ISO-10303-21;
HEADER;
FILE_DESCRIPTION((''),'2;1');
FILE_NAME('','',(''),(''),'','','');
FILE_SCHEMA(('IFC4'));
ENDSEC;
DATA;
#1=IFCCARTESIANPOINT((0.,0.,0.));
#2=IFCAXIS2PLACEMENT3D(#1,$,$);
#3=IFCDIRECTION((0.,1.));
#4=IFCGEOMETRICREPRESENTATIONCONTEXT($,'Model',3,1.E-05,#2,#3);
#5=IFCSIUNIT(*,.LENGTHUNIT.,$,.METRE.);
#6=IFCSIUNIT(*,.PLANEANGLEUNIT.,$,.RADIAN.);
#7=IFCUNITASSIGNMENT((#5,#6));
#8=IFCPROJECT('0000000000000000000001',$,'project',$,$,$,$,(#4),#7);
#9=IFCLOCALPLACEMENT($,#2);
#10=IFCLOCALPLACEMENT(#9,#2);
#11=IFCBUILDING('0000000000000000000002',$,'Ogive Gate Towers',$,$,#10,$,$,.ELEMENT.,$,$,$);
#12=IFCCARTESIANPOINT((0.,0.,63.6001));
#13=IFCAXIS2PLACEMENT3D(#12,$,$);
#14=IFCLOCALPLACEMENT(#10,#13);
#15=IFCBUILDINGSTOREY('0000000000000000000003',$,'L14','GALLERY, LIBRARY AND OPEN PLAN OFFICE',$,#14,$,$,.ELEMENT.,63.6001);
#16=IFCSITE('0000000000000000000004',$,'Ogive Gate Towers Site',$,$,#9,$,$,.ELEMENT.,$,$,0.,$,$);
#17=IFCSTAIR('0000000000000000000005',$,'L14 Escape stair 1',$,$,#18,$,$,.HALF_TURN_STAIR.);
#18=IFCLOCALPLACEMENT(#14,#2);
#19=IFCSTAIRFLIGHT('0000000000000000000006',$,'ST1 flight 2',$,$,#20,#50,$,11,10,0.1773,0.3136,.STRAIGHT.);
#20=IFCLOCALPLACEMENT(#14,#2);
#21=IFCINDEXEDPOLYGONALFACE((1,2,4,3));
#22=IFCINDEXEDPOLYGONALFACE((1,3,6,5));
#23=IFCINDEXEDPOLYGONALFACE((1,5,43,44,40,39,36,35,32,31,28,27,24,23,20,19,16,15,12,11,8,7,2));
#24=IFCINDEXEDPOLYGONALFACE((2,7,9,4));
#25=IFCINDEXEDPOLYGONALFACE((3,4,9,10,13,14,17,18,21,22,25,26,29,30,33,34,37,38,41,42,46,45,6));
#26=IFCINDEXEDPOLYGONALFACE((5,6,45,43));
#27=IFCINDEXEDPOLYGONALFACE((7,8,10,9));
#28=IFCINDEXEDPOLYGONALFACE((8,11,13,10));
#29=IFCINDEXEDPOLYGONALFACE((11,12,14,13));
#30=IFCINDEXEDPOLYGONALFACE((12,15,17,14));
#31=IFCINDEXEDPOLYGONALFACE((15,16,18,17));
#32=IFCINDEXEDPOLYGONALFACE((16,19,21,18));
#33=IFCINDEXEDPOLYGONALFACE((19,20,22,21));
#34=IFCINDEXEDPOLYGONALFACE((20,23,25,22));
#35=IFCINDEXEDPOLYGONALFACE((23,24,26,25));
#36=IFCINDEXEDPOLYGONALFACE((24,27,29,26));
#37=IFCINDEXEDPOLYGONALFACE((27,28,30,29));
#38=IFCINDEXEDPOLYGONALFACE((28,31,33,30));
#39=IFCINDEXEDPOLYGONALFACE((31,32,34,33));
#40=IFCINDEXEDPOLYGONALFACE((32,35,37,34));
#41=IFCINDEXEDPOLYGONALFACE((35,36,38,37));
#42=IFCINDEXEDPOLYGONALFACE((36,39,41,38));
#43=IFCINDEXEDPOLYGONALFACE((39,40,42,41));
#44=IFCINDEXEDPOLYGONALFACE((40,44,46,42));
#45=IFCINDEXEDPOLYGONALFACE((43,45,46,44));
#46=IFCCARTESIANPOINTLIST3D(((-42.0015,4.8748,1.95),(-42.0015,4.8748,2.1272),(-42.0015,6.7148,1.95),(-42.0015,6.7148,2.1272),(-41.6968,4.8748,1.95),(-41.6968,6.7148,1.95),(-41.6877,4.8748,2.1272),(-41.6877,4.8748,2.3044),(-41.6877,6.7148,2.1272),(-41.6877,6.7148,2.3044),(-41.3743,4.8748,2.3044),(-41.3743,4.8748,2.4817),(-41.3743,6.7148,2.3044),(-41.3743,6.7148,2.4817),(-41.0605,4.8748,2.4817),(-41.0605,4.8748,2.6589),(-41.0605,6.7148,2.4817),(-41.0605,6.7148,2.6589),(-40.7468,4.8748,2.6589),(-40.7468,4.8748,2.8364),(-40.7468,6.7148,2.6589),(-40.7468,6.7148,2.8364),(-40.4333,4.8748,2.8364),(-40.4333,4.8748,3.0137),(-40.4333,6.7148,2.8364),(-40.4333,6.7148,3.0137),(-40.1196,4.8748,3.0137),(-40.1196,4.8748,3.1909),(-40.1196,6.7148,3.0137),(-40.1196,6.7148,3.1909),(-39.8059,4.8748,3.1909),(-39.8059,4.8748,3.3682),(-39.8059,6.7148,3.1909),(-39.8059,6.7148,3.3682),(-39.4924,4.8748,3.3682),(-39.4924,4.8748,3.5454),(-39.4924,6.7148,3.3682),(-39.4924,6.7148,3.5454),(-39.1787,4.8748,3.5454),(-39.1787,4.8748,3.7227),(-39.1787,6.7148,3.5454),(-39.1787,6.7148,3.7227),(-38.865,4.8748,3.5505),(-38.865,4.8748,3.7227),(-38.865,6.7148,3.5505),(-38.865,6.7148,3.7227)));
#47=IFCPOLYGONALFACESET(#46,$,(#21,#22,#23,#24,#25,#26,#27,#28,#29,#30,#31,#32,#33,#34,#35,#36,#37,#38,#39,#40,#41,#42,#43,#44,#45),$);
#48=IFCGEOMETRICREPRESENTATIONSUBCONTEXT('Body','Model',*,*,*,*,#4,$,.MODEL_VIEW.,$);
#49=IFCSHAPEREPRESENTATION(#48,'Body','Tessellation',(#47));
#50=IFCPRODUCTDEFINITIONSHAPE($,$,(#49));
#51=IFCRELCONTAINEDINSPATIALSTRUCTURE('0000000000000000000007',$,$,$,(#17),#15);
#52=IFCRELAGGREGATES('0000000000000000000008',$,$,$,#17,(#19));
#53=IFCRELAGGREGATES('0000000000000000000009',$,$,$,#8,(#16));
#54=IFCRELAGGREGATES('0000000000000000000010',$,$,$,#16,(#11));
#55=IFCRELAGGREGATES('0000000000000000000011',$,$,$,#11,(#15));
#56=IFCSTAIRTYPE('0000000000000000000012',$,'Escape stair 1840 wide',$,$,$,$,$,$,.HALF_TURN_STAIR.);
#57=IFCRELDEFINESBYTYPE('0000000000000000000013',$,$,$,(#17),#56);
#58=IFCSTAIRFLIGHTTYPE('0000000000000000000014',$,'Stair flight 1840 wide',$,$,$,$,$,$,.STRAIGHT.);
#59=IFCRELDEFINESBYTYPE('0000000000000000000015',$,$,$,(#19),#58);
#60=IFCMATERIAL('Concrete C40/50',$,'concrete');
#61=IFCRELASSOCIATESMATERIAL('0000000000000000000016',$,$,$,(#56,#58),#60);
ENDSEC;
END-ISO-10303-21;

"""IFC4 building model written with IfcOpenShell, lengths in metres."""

from ifc_helpers import new_model, si_unit, direction, frame, origin, place, context, subcontext, project, spatial, polyline, outline, extrude, material, type_object, element, aggregate, save


model = new_model("IFC4")

# Units and contexts
model_context = context("Model", 3, precision=1e-05, world=origin(), true_north=direction((0.0, 1.0)))
body_context = subcontext(model_context, "Body", "Model", "MODEL_VIEW")
ifc_project = project(units=[si_unit("LENGTHUNIT", "METRE"), si_unit("PLANEANGLEUNIT", "RADIAN")], contexts=[model_context])

# Site, building, storey
site_placement = place(None, origin())
site = spatial("IfcSite", under=ifc_project, at=site_placement, Name="Ogive Gate Towers Site", CompositionType="ELEMENT", RefElevation=0.0)
building_placement = place(site_placement, origin())
building = spatial("IfcBuilding", under=site, at=building_placement, Name="Ogive Gate Towers", CompositionType="ELEMENT")
storey_placement = place(building_placement, frame((0.0, 0.0, 63.6001)))
storey = spatial("IfcBuildingStorey", under=building, at=storey_placement, Name="L14", Description="GALLERY, LIBRARY AND OPEN PLAN OFFICE", CompositionType="ELEMENT", Elevation=63.6001)

# Stair, stair flight
ifc_material_1 = material(Name="Concrete C40/50", Category="concrete")
stair_type = type_object("IfcStairType", Name="Escape stair 1840 wide", PredefinedType="HALF_TURN_STAIR", material=ifc_material_1)
stair_placement = place(storey_placement, origin())
stair = element("IfcStair", 1, at=stair_placement, inside=storey, type_object=stair_type, Name="L14 Escape stair 1", PredefinedType="HALF_TURN_STAIR")
stair_flight_type = type_object("IfcStairFlightType", Name="Stair flight 1840 wide", PredefinedType="STRAIGHT", material=ifc_material_1)
stair_flight_1_placement = place(storey_placement, frame((-42.0015, 5.7949, 1.95), z_axis=(0.0, 0.0, 1.0), x_axis=(1.0, 0.0, 0.0)))
stair_flight_1 = element("IfcStairFlight", 2, at=stair_flight_1_placement, type_object=stair_flight_type, Name="ST1 flight 2", NumberOfRisers=11, NumberOfTreads=10, PredefinedType="STRAIGHT", RiserHeight=0.1773, TreadLength=0.3136, context=body_context, shape_type="SweptSolid", body=[
    extrude(outline(polyline([(0.0, 0.0), (0.0, 0.1772), (0.3137, 0.1772), (0.3137, 0.3545), (0.6272, 0.3545), (0.6272, 0.5317), (0.9409, 0.5317), (0.9409, 0.709), (1.2546, 0.709), (1.2546, 0.8865), (1.5681, 0.8865), (1.5681, 1.0637), (1.8818, 1.0637), (1.8818, 1.241), (2.1956, 1.241), (2.1956, 1.4182), (2.509, 1.4182), (2.509, 1.5955), (2.8228, 1.5955), (2.8228, 1.7727), (3.1365, 1.7727), (3.1365, 1.95), (3.1365, 1.6006), (0.3047, 0.0), (0.0, 0.0)])), frame((0.0, 0.9199, 0.0), z_axis=(0.0, -1.0, 0.0), x_axis=(1.0, 0.0, 0.0)), (0.0, 0.0, 1.0), 1.8401),
])
aggregate(stair, [stair_flight_1])

save(model, "model.ifc")
